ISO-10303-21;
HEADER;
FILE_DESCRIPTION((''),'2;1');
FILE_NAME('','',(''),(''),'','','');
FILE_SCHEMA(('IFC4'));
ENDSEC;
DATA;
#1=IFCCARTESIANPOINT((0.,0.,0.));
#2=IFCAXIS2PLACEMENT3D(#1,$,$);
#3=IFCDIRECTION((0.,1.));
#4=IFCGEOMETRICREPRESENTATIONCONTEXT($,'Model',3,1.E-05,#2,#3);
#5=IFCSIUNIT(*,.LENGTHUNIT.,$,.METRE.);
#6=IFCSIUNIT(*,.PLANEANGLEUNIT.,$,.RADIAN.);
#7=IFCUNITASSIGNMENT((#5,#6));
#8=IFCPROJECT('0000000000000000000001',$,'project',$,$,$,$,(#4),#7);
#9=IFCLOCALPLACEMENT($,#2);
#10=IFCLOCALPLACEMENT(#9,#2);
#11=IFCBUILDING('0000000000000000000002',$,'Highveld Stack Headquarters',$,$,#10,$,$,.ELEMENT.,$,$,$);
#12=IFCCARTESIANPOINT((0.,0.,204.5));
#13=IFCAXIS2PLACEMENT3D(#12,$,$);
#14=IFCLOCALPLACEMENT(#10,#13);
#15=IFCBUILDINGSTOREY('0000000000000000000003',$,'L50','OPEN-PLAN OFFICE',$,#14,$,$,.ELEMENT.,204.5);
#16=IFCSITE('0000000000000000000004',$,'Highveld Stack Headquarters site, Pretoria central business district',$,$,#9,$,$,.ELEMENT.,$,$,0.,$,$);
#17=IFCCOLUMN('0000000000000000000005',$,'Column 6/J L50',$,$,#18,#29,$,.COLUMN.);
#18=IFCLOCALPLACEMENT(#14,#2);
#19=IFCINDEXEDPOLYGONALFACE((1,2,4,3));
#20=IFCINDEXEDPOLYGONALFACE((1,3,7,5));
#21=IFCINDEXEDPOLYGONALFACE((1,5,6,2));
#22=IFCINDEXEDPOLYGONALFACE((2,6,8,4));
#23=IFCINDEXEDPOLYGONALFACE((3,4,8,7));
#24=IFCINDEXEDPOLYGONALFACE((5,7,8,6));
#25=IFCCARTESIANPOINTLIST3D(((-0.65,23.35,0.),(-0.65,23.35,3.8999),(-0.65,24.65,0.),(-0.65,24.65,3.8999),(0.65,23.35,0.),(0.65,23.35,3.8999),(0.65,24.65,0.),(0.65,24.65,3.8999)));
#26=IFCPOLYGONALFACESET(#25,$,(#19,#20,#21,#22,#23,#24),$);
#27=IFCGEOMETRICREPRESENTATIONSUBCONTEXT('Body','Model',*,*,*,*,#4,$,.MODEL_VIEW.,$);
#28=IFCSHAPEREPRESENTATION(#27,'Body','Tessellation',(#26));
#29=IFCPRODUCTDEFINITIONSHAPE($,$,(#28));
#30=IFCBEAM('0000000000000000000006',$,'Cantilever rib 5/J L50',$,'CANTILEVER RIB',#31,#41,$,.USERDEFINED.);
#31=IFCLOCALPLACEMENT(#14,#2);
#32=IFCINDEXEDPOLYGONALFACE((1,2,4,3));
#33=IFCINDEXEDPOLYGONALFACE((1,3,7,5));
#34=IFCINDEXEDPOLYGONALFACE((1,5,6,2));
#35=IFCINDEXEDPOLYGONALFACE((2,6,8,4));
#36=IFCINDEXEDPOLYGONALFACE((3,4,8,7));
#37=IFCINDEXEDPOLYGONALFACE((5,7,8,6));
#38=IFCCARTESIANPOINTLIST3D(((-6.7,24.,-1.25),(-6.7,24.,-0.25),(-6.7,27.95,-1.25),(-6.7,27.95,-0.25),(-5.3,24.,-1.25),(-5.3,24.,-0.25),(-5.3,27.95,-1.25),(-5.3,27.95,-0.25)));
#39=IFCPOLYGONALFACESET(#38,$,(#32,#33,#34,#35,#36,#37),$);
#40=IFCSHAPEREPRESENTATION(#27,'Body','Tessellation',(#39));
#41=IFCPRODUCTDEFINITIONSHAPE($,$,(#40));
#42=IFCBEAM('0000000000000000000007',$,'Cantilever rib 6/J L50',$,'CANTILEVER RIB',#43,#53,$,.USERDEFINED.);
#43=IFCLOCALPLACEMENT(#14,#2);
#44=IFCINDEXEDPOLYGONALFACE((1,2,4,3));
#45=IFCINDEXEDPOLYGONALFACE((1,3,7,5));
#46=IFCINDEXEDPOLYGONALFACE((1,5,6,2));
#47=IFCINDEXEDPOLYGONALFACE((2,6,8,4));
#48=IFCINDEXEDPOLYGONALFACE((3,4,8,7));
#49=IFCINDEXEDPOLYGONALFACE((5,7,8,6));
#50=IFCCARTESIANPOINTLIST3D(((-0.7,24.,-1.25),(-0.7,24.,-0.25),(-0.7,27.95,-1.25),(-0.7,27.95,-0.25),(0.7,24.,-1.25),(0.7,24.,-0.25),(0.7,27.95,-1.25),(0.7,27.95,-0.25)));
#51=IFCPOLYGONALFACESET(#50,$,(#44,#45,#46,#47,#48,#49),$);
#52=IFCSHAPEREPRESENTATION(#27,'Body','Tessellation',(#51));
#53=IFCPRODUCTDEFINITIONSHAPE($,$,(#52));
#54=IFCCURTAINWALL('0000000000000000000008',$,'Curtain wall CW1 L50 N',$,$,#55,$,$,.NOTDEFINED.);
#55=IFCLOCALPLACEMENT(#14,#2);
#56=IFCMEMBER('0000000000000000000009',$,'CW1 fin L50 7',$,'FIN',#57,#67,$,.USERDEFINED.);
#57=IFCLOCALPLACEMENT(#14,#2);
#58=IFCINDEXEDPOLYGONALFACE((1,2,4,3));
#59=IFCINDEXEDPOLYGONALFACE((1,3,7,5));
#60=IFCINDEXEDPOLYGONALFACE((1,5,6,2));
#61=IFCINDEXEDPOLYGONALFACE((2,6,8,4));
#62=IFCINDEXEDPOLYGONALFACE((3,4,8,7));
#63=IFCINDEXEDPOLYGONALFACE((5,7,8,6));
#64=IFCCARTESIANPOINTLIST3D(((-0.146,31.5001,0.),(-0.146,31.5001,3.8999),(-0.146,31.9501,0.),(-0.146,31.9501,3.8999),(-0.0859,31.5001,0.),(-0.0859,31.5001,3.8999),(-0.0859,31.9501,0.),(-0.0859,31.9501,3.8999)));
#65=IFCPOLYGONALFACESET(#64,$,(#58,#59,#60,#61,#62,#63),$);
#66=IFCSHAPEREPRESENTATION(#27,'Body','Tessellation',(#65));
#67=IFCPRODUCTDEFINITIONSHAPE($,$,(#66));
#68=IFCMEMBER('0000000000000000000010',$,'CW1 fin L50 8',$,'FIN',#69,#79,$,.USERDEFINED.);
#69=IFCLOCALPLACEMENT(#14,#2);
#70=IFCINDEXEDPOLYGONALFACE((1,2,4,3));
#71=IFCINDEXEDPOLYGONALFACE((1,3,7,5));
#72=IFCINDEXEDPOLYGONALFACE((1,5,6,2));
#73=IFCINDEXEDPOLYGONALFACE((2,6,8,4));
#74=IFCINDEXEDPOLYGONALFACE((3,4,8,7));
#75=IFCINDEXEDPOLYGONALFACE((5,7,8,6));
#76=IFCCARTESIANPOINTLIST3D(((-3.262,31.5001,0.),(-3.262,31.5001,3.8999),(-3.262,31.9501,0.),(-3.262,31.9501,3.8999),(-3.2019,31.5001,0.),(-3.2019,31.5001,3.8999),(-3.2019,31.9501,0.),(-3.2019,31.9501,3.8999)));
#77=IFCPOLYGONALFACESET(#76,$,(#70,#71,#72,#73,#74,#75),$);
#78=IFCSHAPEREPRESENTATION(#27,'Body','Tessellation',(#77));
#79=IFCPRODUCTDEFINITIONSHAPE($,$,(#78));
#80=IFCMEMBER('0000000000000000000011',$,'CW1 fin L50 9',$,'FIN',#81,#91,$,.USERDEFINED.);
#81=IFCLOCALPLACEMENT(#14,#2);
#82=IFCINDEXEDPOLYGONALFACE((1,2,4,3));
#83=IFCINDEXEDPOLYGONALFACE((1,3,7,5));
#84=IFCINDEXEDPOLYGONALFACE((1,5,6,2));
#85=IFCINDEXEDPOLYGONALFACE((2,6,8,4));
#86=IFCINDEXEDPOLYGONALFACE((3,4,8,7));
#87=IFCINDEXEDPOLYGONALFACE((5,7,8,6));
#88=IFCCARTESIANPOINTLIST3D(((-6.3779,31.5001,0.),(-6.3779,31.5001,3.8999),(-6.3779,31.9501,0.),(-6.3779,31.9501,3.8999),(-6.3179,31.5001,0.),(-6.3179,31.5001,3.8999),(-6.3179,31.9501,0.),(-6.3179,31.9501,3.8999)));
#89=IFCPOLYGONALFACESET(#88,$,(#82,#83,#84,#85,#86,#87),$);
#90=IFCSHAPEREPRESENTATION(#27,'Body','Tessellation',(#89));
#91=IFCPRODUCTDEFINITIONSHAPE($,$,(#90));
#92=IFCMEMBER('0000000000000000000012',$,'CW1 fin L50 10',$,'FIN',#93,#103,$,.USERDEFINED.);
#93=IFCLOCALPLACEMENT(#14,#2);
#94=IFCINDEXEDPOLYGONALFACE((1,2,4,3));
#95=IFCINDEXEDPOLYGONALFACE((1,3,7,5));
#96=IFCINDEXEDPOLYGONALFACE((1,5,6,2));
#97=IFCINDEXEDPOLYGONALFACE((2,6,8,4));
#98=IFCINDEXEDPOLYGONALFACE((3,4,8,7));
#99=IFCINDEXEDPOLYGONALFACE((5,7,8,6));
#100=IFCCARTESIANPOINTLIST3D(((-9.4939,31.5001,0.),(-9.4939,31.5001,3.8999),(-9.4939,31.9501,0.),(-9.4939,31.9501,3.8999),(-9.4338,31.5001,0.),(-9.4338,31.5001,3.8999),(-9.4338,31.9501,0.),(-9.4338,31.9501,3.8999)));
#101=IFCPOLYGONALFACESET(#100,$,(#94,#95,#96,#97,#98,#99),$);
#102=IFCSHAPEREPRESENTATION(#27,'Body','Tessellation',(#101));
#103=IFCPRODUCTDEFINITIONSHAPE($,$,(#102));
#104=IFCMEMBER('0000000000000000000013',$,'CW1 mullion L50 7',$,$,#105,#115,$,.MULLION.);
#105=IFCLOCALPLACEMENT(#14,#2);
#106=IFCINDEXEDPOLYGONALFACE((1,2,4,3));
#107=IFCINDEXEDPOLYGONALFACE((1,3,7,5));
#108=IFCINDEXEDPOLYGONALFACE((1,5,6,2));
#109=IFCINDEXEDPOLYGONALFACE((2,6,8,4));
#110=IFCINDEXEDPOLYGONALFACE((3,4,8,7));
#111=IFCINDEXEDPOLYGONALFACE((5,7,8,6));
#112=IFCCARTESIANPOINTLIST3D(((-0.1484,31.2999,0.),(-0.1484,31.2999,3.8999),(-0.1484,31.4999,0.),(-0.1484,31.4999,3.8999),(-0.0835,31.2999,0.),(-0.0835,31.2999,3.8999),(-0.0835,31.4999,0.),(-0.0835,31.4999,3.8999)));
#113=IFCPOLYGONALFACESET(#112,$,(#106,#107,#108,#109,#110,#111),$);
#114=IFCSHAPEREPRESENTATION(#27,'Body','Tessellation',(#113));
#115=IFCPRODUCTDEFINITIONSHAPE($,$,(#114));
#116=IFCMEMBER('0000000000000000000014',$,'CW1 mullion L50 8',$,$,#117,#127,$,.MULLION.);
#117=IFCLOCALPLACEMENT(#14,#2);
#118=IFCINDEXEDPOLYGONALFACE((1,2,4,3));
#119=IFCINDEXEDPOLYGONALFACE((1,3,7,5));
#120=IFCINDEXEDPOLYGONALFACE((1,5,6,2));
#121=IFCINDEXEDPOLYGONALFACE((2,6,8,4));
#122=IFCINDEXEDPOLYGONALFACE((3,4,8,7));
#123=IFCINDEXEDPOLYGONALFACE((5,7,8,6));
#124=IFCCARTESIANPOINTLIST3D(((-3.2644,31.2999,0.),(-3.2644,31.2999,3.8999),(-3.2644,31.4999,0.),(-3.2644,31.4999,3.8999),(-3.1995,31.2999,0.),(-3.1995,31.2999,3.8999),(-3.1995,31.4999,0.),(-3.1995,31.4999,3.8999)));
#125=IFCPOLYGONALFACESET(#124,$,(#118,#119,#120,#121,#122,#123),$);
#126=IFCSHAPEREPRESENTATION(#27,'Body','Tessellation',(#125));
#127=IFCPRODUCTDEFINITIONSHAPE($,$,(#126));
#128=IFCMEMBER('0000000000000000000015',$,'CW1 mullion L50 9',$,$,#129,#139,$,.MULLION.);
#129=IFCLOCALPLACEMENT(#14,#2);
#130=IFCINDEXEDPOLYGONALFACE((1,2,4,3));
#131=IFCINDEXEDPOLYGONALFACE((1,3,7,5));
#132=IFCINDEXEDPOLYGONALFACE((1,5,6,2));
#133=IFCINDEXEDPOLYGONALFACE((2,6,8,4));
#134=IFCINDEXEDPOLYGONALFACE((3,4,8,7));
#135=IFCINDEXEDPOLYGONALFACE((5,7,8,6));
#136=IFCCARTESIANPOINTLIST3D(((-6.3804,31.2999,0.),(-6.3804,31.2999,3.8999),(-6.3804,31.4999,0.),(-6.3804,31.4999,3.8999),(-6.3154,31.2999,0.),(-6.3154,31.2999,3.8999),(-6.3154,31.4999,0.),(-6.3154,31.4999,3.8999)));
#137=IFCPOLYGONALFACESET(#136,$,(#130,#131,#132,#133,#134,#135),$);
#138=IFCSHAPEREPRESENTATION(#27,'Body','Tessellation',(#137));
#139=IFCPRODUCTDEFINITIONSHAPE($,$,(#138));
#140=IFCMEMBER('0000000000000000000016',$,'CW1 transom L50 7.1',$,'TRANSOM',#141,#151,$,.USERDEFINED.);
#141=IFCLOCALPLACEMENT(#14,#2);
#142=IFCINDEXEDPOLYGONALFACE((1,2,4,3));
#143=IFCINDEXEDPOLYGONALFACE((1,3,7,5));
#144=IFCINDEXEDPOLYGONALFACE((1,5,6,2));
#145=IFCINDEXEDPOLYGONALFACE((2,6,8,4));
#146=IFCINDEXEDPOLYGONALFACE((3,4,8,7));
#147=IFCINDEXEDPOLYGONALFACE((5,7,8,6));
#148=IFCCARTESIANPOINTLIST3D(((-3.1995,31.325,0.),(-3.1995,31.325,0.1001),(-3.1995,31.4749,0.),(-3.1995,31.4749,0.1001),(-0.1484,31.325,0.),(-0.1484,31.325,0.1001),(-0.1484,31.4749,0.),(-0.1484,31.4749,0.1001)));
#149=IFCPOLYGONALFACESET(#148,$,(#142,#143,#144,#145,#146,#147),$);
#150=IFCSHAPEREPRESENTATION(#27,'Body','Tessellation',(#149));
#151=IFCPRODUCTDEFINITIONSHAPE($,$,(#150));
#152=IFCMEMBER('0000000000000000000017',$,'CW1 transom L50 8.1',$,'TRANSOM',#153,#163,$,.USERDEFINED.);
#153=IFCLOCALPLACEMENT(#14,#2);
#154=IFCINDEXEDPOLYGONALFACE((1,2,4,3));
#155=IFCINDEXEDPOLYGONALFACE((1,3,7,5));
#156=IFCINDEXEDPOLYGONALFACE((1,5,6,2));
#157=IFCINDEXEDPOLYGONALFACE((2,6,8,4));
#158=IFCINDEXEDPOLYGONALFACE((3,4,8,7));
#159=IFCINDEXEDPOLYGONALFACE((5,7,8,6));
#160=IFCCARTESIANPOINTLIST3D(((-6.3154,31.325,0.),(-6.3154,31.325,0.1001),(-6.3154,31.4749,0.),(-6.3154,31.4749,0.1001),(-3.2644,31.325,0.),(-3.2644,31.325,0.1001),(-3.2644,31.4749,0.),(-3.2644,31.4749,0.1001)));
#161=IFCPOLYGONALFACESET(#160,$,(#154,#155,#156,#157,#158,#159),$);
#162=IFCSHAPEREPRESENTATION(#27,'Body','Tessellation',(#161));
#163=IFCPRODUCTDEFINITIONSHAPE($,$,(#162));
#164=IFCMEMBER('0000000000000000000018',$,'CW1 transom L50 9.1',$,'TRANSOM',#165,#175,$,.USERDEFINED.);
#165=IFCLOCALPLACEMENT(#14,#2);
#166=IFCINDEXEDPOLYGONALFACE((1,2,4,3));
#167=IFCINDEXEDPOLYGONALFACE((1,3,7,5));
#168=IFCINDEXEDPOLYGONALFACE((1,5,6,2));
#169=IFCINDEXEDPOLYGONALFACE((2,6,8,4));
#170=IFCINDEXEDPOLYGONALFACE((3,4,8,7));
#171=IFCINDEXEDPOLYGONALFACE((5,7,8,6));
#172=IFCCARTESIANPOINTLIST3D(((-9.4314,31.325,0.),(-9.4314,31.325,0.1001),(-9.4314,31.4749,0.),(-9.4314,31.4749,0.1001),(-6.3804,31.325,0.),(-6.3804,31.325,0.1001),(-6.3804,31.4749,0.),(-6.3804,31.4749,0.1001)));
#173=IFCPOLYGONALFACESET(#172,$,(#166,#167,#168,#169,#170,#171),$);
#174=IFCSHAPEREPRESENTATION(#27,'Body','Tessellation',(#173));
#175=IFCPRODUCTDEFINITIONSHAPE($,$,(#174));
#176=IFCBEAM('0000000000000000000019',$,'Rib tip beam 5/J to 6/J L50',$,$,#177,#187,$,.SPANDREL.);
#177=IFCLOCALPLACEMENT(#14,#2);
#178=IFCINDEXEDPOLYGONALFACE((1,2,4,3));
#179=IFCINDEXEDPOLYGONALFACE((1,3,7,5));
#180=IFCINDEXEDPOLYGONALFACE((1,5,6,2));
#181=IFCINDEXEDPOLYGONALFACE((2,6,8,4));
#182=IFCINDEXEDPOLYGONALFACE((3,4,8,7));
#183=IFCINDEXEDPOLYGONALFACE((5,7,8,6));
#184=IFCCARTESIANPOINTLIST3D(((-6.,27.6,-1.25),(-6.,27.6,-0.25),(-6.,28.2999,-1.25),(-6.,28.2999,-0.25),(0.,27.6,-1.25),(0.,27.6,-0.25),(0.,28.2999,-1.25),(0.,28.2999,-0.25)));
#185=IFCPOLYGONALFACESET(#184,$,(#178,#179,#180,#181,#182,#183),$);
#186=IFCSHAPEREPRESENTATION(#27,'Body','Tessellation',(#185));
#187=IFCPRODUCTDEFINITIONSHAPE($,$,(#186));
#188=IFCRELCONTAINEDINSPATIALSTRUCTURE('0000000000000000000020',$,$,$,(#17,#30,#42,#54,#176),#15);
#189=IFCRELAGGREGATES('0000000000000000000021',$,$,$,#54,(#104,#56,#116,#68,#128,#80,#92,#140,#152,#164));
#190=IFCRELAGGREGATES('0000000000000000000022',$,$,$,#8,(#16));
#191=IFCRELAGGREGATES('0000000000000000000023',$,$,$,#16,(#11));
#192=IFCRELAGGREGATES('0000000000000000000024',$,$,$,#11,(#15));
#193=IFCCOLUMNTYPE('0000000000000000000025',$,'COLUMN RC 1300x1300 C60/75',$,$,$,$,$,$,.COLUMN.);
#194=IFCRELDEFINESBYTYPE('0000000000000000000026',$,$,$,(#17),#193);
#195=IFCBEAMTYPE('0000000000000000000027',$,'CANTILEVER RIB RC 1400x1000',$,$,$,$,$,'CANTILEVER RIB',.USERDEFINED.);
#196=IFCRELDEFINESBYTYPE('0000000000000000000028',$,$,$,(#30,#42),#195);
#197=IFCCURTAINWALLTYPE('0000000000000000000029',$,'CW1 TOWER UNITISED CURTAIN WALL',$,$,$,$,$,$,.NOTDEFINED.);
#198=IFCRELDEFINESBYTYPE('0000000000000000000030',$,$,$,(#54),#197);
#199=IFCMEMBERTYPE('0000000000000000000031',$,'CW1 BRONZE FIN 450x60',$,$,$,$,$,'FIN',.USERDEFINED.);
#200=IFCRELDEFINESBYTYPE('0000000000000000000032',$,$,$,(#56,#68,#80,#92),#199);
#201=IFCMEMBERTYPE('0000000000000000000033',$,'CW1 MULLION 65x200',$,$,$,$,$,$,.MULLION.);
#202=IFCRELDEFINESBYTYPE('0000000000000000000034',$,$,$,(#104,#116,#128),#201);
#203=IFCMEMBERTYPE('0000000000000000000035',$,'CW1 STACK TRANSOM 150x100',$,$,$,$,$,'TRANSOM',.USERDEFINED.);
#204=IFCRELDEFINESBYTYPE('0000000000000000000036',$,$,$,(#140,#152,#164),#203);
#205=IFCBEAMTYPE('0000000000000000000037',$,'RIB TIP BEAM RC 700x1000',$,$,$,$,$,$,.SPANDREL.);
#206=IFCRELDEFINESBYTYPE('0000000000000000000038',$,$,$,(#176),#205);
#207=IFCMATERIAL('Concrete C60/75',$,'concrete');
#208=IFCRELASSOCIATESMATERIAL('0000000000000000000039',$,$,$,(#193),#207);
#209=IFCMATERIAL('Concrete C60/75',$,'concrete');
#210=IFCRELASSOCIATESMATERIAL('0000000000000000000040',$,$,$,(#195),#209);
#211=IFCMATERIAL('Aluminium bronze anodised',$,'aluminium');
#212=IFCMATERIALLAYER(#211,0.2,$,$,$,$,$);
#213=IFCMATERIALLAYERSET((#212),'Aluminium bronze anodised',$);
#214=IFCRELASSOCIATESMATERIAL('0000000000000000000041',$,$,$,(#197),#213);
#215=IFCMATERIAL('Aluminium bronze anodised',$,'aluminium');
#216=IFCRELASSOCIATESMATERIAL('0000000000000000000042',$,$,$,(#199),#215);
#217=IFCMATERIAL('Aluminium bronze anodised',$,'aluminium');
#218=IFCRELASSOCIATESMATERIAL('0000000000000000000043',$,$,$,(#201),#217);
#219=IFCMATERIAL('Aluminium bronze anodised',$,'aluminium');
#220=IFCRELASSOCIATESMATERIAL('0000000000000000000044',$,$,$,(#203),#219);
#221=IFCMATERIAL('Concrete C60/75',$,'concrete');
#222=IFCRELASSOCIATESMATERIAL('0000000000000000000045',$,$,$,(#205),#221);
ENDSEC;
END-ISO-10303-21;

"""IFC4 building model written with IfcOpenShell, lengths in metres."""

from ifc_helpers import new_model, si_unit, direction, frame, origin, origin_2d, place, context, subcontext, project, spatial, rectangle, extrude, material, layer, layer_set, material_profile, profile_set, type_object, element, aggregate, save


model = new_model("IFC4")

# Units and contexts
model_context = context("Model", 3, precision=1e-05, world=origin(), true_north=direction((0.0, 1.0)))
body_context = subcontext(model_context, "Body", "Model", "MODEL_VIEW")
ifc_project = project(units=[si_unit("LENGTHUNIT", "METRE"), si_unit("PLANEANGLEUNIT", "RADIAN")], contexts=[model_context])

# Site, building, storey
site_placement = place(None, origin())
site = spatial("IfcSite", under=ifc_project, at=site_placement, Name="Highveld Stack Headquarters site, Pretoria central business district", CompositionType="ELEMENT", RefElevation=0.0)
building_placement = place(site_placement, origin())
building = spatial("IfcBuilding", under=site, at=building_placement, Name="Highveld Stack Headquarters", CompositionType="ELEMENT")
storey_placement = place(building_placement, frame((0.0, 0.0, 204.5)))
storey = spatial("IfcBuildingStorey", under=building, at=storey_placement, Name="L50", Description="OPEN-PLAN OFFICE", CompositionType="ELEMENT", Elevation=204.5)

# Column
ifc_material_1 = material(Name="Concrete C60/75", Category="concrete")
ifc_material_profile_1 = material_profile(ifc_material_1, rectangle(XDim=1.3, YDim=1.3, at=origin_2d()), Name="RC 1300x1300")
ifc_profile_set_1 = profile_set([ifc_material_profile_1], Name="Concrete C60/75")
column_type = type_object("IfcColumnType", Name="COLUMN RC 1300x1300 C60/75", PredefinedType="COLUMN", material=ifc_profile_set_1)
column_placement = place(storey_placement, frame((0.0, 24.0, 0.0), z_axis=(0.0, 0.0, 1.0), x_axis=(1.0, 0.0, 0.0)))
element("IfcColumn", 1, at=column_placement, inside=storey, type_object=column_type, Name="Column 6/J L50", PredefinedType="COLUMN", context=body_context, shape_type="SweptSolid", body=[
    extrude(rectangle(XDim=1.3, YDim=1.3, at=origin_2d()), origin(), (0.0, 0.0, 1.0), 3.8999),
])

# Beams
ifc_material_2 = material(Name="Concrete C60/75", Category="concrete")
ifc_material_profile_2 = material_profile(ifc_material_2, rectangle(XDim=1.3999, YDim=1.0, at=origin_2d()), Name="RC 1400x1000")
ifc_profile_set_2 = profile_set([ifc_material_profile_2], Name="Concrete C60/75")
beam_type_1 = type_object("IfcBeamType", Name="CANTILEVER RIB RC 1400x1000", ElementType="CANTILEVER RIB", PredefinedType="USERDEFINED", material=ifc_profile_set_2)
for number, where, z_axis, x_axis, name in (
    (2, (-6.0, 24.0, -0.75), (0.0, 1.0, 0.0), (-1.0, 0.0, 0.0), "Cantilever rib 5/J L50"),
    (3, (0.0, 24.0, -0.75), (0.0, 1.0, 0.0), (-1.0, 0.0, 0.0), "Cantilever rib 6/J L50"),
):
    element("IfcBeam", number, at=place(storey_placement, frame(where, z_axis=z_axis, x_axis=x_axis)), inside=storey, type_object=beam_type_1, Name=name, ObjectType="CANTILEVER RIB", PredefinedType="USERDEFINED", context=body_context, shape_type="SweptSolid", body=[
        extrude(rectangle(XDim=1.3999, YDim=1.0, at=origin_2d()), origin(), (0.0, 0.0, 1.0), 3.95),
    ])

# Curtain wall, members
ifc_material_3 = material(Name="Aluminium bronze anodised", Category="aluminium")
ifc_layer_1 = layer(ifc_material_3, 0.2)
ifc_layer_set_1 = layer_set([ifc_layer_1], Name="Aluminium bronze anodised")
curtain_wall_type = type_object("IfcCurtainWallType", Name="CW1 TOWER UNITISED CURTAIN WALL", PredefinedType="NOTDEFINED", material=ifc_layer_set_1)
curtain_wall_placement = place(storey_placement, origin())
curtain_wall = element("IfcCurtainWall", 4, at=curtain_wall_placement, inside=storey, type_object=curtain_wall_type, Name="Curtain wall CW1 L50 N", PredefinedType="NOTDEFINED")
ifc_material_4 = material(Name="Aluminium bronze anodised", Category="aluminium")
ifc_material_profile_3 = material_profile(ifc_material_4, rectangle(XDim=0.45, YDim=0.0601, at=origin_2d()), Name="FIN 450x60")
ifc_profile_set_3 = profile_set([ifc_material_profile_3], Name="Aluminium bronze anodised")
member_type_1 = type_object("IfcMemberType", Name="CW1 BRONZE FIN 450x60", ElementType="FIN", PredefinedType="USERDEFINED", material=ifc_profile_set_3)
member_1_placement = place(storey_placement, frame((-0.116, 31.7251, 0.0), z_axis=(0.0, 0.0, 1.0), x_axis=(0.0, -1.0, 0.0)))
member_1 = element("IfcMember", 5, at=member_1_placement, type_object=member_type_1, Name="CW1 fin L50 7", ObjectType="FIN", PredefinedType="USERDEFINED", context=body_context, shape_type="SweptSolid", body=[
    extrude(rectangle(XDim=0.45, YDim=0.0601, at=origin_2d()), origin(), (0.0, 0.0, 1.0), 3.8999),
])
member_2_placement = place(storey_placement, frame((-3.2319, 31.7251, 0.0), z_axis=(0.0, 0.0, 1.0), x_axis=(0.0, -1.0, 0.0)))
member_2 = element("IfcMember", 6, at=member_2_placement, type_object=member_type_1, Name="CW1 fin L50 8", ObjectType="FIN", PredefinedType="USERDEFINED", context=body_context, shape_type="SweptSolid", body=[
    extrude(rectangle(XDim=0.45, YDim=0.0601, at=origin_2d()), origin(), (0.0, 0.0, 1.0), 3.8999),
])
member_3_placement = place(storey_placement, frame((-6.3479, 31.7251, 0.0), z_axis=(0.0, 0.0, 1.0), x_axis=(0.0, -1.0, 0.0)))
member_3 = element("IfcMember", 7, at=member_3_placement, type_object=member_type_1, Name="CW1 fin L50 9", ObjectType="FIN", PredefinedType="USERDEFINED", context=body_context, shape_type="SweptSolid", body=[
    extrude(rectangle(XDim=0.45, YDim=0.0601, at=origin_2d()), origin(), (0.0, 0.0, 1.0), 3.8999),
])
member_4_placement = place(storey_placement, frame((-9.4639, 31.7251, 0.0), z_axis=(0.0, 0.0, 1.0), x_axis=(0.0, -1.0, 0.0)))
member_4 = element("IfcMember", 8, at=member_4_placement, type_object=member_type_1, Name="CW1 fin L50 10", ObjectType="FIN", PredefinedType="USERDEFINED", context=body_context, shape_type="SweptSolid", body=[
    extrude(rectangle(XDim=0.45, YDim=0.0601, at=origin_2d()), origin(), (0.0, 0.0, 1.0), 3.8999),
])
ifc_material_5 = material(Name="Aluminium bronze anodised", Category="aluminium")
ifc_material_profile_4 = material_profile(ifc_material_5, rectangle(XDim=0.2, YDim=0.0649, at=origin_2d()), Name="CW1 MULLION 65x200")
ifc_profile_set_4 = profile_set([ifc_material_profile_4], Name="Aluminium bronze anodised")
member_type_2 = type_object("IfcMemberType", Name="CW1 MULLION 65x200", PredefinedType="MULLION", material=ifc_profile_set_4)
member_5_placement = place(storey_placement, frame((-0.116, 31.3999, 0.0), z_axis=(0.0, 0.0, 1.0), x_axis=(0.0, -1.0, 0.0)))
member_5 = element("IfcMember", 9, at=member_5_placement, type_object=member_type_2, Name="CW1 mullion L50 7", PredefinedType="MULLION", context=body_context, shape_type="SweptSolid", body=[
    extrude(rectangle(XDim=0.2, YDim=0.0649, at=origin_2d()), origin(), (0.0, 0.0, 1.0), 3.8999),
])
member_6_placement = place(storey_placement, frame((-3.2319, 31.3999, 0.0), z_axis=(0.0, 0.0, 1.0), x_axis=(0.0, -1.0, 0.0)))
member_6 = element("IfcMember", 10, at=member_6_placement, type_object=member_type_2, Name="CW1 mullion L50 8", PredefinedType="MULLION", context=body_context, shape_type="SweptSolid", body=[
    extrude(rectangle(XDim=0.2, YDim=0.0649, at=origin_2d()), origin(), (0.0, 0.0, 1.0), 3.8999),
])
member_7_placement = place(storey_placement, frame((-6.3479, 31.3999, 0.0), z_axis=(0.0, 0.0, 1.0), x_axis=(0.0, -1.0, 0.0)))
member_7 = element("IfcMember", 11, at=member_7_placement, type_object=member_type_2, Name="CW1 mullion L50 9", PredefinedType="MULLION", context=body_context, shape_type="SweptSolid", body=[
    extrude(rectangle(XDim=0.2, YDim=0.0649, at=origin_2d()), origin(), (0.0, 0.0, 1.0), 3.8999),
])
ifc_material_6 = material(Name="Aluminium bronze anodised", Category="aluminium")
ifc_material_profile_5 = material_profile(ifc_material_6, rectangle(XDim=0.1499, YDim=0.1001, at=origin_2d()), Name="CW1 TRANSOM 150x100")
ifc_profile_set_5 = profile_set([ifc_material_profile_5], Name="Aluminium bronze anodised")
member_type_3 = type_object("IfcMemberType", Name="CW1 STACK TRANSOM 150x100", ElementType="TRANSOM", PredefinedType="USERDEFINED", material=ifc_profile_set_5)
member_8_placement = place(storey_placement, frame((-0.1484, 31.3999, 0.05), z_axis=(-1.0, 0.0, 0.0), x_axis=(0.0, -1.0, 0.0)))
member_8 = element("IfcMember", 12, at=member_8_placement, type_object=member_type_3, Name="CW1 transom L50 7.1", ObjectType="TRANSOM", PredefinedType="USERDEFINED", context=body_context, shape_type="SweptSolid", body=[
    extrude(rectangle(XDim=0.1499, YDim=0.1001, at=origin_2d()), origin(), (0.0, 0.0, 1.0), 3.051),
])
member_9_placement = place(storey_placement, frame((-3.2644, 31.3999, 0.05), z_axis=(-1.0, 0.0, 0.0), x_axis=(0.0, -1.0, 0.0)))
member_9 = element("IfcMember", 13, at=member_9_placement, type_object=member_type_3, Name="CW1 transom L50 8.1", ObjectType="TRANSOM", PredefinedType="USERDEFINED", context=body_context, shape_type="SweptSolid", body=[
    extrude(rectangle(XDim=0.1499, YDim=0.1001, at=origin_2d()), origin(), (0.0, 0.0, 1.0), 3.051),
])
member_10_placement = place(storey_placement, frame((-6.3804, 31.3999, 0.05), z_axis=(-1.0, 0.0, 0.0), x_axis=(0.0, -1.0, 0.0)))
member_10 = element("IfcMember", 14, at=member_10_placement, type_object=member_type_3, Name="CW1 transom L50 9.1", ObjectType="TRANSOM", PredefinedType="USERDEFINED", context=body_context, shape_type="SweptSolid", body=[
    extrude(rectangle(XDim=0.1499, YDim=0.1001, at=origin_2d()), origin(), (0.0, 0.0, 1.0), 3.051),
])

# Beam
ifc_material_7 = material(Name="Concrete C60/75", Category="concrete")
ifc_material_profile_6 = material_profile(ifc_material_7, rectangle(XDim=0.7, YDim=1.0, at=origin_2d()), Name="RC 700x1000")
ifc_profile_set_6 = profile_set([ifc_material_profile_6], Name="Concrete C60/75")
beam_type_2 = type_object("IfcBeamType", Name="RIB TIP BEAM RC 700x1000", PredefinedType="SPANDREL", material=ifc_profile_set_6)
for number, where, z_axis, x_axis, name in (
    (15, (-6.0, 27.95, -0.75), (1.0, 0.0, 0.0), (0.0, 1.0, 0.0), "Rib tip beam 5/J to 6/J L50"),
):
    element("IfcBeam", number, at=place(storey_placement, frame(where, z_axis=z_axis, x_axis=x_axis)), inside=storey, type_object=beam_type_2, Name=name, PredefinedType="SPANDREL", context=body_context, shape_type="SweptSolid", body=[
        extrude(rectangle(XDim=0.7, YDim=1.0, at=origin_2d()), origin(), (0.0, 0.0, 1.0), 6.0),
    ])

aggregate(curtain_wall, [member_5, member_1, member_6, member_2, member_7, member_3, member_4, member_8, member_9, member_10])

save(model, "model.ifc")
